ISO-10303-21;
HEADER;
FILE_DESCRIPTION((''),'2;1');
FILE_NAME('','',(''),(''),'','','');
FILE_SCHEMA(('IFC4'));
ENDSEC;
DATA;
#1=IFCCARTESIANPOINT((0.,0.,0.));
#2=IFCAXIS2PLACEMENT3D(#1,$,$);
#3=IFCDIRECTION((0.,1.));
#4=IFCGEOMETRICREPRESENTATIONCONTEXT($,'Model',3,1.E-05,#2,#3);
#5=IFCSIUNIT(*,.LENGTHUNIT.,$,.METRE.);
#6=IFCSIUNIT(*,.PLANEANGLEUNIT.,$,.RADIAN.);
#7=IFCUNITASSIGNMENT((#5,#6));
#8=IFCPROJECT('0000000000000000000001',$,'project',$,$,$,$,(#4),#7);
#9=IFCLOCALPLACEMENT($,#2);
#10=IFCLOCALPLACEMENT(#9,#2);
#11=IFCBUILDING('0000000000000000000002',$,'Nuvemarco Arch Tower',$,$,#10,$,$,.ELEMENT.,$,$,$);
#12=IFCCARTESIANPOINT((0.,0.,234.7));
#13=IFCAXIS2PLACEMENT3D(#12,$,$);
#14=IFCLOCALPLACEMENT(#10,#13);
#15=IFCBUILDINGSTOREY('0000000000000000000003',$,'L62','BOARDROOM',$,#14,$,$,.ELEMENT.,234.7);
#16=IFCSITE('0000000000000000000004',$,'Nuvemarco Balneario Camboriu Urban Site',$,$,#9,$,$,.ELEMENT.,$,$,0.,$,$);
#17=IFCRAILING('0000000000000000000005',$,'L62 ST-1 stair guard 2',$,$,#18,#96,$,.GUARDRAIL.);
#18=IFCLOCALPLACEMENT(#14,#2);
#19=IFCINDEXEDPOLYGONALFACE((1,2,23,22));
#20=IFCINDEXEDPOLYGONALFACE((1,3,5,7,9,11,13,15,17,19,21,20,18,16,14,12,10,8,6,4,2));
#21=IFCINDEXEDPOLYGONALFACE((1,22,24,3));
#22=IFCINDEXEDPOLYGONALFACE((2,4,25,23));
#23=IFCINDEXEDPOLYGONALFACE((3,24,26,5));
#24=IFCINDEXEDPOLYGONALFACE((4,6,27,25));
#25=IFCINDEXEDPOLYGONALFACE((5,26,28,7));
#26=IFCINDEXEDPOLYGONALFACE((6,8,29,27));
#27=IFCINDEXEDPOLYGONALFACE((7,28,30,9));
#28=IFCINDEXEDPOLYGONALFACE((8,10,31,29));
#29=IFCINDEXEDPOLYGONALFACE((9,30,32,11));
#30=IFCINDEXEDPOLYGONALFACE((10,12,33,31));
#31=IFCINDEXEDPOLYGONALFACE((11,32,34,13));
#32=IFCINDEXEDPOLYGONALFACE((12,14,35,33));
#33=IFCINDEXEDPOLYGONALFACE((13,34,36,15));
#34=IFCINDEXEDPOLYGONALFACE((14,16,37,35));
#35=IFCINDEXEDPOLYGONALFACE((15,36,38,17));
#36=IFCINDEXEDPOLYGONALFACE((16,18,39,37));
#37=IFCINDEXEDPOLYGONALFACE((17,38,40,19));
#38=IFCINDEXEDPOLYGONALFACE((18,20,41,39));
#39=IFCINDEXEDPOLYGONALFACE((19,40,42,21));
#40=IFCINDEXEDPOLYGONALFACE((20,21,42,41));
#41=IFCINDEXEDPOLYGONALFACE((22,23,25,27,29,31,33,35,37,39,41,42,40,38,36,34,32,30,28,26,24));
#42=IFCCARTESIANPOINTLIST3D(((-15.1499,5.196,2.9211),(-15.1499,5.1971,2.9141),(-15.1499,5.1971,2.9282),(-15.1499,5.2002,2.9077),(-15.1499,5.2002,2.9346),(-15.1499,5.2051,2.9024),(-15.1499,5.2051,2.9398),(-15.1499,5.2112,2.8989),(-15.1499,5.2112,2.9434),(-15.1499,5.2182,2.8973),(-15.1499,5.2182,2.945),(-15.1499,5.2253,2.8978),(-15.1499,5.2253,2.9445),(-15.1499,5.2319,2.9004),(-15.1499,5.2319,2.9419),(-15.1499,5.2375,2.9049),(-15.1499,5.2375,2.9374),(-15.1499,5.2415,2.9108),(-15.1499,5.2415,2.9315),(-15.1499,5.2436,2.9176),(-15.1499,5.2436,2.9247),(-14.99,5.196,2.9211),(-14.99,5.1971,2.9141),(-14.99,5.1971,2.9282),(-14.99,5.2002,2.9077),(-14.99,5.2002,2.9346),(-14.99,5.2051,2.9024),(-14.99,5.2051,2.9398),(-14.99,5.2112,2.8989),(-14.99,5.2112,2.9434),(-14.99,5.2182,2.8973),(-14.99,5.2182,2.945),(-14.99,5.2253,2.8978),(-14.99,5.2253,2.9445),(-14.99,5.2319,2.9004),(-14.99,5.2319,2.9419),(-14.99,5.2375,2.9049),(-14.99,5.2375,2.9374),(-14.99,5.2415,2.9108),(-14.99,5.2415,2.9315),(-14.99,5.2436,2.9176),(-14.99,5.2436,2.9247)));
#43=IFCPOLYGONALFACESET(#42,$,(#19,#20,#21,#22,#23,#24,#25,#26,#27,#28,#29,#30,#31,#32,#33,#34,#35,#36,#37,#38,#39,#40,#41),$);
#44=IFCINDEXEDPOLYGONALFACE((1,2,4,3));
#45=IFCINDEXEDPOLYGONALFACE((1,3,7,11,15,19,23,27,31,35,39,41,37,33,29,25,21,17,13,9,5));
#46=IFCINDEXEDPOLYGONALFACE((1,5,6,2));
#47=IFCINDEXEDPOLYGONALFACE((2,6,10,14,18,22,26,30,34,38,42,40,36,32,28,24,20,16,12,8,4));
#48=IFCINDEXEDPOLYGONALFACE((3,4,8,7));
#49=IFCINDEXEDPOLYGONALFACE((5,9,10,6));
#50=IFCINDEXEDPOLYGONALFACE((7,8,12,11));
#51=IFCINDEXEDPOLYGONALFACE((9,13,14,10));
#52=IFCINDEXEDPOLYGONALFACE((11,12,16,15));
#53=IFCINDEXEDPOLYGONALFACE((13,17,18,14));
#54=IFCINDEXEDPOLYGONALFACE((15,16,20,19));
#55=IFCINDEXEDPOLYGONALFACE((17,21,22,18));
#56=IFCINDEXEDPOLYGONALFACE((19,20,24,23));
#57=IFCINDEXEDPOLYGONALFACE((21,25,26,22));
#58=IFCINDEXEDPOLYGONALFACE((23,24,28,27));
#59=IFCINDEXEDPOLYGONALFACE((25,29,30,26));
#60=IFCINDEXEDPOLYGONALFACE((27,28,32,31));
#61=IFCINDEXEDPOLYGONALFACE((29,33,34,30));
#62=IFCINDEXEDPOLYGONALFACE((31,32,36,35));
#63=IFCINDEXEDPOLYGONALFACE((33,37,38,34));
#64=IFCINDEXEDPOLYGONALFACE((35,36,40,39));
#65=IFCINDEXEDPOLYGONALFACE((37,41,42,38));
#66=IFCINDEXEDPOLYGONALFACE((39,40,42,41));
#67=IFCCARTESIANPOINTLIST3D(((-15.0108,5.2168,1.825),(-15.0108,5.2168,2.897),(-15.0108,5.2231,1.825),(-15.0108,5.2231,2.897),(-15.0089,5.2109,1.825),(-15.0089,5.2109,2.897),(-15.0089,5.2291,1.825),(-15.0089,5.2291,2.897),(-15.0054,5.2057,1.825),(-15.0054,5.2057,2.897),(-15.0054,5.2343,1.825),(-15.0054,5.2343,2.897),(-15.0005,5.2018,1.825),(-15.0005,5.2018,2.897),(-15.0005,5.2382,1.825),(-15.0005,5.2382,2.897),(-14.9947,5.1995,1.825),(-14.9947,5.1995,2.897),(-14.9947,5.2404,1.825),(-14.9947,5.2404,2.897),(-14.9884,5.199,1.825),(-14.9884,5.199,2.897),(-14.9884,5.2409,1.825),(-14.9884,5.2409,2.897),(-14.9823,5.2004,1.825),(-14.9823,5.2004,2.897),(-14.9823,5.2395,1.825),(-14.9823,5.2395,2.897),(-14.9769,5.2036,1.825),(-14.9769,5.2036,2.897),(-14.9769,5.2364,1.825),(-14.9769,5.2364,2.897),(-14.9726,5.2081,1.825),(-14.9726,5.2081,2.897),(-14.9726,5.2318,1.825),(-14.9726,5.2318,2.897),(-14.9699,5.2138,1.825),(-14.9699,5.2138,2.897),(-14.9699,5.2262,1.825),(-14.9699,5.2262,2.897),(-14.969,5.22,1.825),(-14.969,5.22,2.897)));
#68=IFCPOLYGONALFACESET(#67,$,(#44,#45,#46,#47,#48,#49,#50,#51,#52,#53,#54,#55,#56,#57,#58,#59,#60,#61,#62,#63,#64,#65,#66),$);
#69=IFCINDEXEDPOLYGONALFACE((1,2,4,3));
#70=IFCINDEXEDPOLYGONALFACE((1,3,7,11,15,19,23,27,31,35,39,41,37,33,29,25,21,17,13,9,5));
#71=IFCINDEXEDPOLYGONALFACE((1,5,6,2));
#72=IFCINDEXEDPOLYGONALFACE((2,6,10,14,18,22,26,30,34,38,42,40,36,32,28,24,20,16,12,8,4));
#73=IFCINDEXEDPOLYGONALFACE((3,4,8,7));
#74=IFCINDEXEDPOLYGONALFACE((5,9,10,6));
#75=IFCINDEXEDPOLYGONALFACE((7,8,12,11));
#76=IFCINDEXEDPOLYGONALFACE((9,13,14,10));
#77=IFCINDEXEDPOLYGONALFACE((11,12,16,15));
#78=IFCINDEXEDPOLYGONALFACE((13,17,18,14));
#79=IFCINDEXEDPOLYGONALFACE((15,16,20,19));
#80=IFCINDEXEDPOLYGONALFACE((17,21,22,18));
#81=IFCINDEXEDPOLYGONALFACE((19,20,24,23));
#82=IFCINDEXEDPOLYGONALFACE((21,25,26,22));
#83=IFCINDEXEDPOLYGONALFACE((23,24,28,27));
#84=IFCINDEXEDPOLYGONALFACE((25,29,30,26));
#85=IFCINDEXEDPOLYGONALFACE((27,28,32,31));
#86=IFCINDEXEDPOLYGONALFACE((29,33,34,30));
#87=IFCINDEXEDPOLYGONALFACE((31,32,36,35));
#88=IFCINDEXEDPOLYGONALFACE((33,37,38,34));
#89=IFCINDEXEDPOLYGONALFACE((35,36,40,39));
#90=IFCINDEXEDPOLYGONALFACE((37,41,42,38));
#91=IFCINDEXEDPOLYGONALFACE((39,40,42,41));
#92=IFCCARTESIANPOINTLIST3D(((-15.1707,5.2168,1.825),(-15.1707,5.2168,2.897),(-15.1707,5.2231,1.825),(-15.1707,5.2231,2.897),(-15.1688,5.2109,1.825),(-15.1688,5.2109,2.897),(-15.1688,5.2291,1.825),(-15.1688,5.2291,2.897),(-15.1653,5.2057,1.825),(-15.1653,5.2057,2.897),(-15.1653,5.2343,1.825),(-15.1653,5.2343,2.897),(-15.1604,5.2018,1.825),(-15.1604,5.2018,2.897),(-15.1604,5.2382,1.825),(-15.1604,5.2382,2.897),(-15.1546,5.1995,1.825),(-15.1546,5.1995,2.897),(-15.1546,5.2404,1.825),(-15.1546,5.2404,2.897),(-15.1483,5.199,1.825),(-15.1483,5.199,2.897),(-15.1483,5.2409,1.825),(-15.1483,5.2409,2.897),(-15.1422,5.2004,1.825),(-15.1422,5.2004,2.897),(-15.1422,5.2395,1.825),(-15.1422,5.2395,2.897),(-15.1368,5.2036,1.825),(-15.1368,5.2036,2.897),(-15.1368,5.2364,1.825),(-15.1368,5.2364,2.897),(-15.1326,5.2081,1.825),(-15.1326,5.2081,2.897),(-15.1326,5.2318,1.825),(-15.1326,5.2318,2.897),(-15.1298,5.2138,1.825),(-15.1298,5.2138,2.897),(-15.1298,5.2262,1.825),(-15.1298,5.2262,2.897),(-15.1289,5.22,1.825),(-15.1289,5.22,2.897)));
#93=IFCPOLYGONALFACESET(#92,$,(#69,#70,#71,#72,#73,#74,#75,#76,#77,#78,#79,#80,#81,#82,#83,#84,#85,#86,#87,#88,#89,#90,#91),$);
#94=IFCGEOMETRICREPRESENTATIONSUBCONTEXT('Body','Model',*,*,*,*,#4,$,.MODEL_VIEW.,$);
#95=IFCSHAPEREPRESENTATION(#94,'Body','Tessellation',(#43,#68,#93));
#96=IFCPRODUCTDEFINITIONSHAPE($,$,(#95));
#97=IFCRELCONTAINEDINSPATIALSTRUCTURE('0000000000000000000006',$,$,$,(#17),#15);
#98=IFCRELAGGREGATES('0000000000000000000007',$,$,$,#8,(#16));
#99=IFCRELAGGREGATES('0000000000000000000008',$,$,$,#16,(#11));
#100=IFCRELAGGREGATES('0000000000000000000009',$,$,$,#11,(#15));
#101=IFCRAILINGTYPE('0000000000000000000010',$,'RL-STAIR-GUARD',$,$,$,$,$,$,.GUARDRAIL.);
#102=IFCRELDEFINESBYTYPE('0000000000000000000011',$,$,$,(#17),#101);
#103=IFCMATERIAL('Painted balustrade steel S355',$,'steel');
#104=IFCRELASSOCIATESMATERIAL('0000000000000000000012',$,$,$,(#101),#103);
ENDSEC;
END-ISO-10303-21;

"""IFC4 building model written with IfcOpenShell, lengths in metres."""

from ifc_helpers import new_model, si_unit, direction, frame, origin, origin_2d, place, context, subcontext, project, spatial, circle, extrude, material, type_object, element, save


model = new_model("IFC4")

# Units and contexts
model_context = context("Model", 3, precision=1e-05, world=origin(), true_north=direction((0.0, 1.0)))
body_context = subcontext(model_context, "Body", "Model", "MODEL_VIEW")
ifc_project = project(units=[si_unit("LENGTHUNIT", "METRE"), si_unit("PLANEANGLEUNIT", "RADIAN")], contexts=[model_context])

# Site, building, storey
site_placement = place(None, origin())
site = spatial("IfcSite", under=ifc_project, at=site_placement, Name="Nuvemarco Balneario Camboriu Urban Site", CompositionType="ELEMENT", RefElevation=0.0)
building_placement = place(site_placement, origin())
building = spatial("IfcBuilding", under=site, at=building_placement, Name="Nuvemarco Arch Tower", CompositionType="ELEMENT")
storey_placement = place(building_placement, frame((0.0, 0.0, 234.7)))
storey = spatial("IfcBuildingStorey", under=building, at=storey_placement, Name="L62", Description="BOARDROOM", CompositionType="ELEMENT", Elevation=234.7)

# Railing
ifc_material_1 = material(Name="Painted balustrade steel S355", Category="steel")
railing_type_1 = type_object("IfcRailingType", Name="RL-STAIR-GUARD", PredefinedType="GUARDRAIL", material=ifc_material_1)
railing_1_placement = place(storey_placement, frame((-14.99, 5.22, 1.825)))
element("IfcRailing", 1, at=railing_1_placement, inside=storey, type_object=railing_type_1, Name="L62 ST-1 stair guard 2", PredefinedType="GUARDRAIL", context=body_context, shape_type="SweptSolid", body=[
    extrude(circle(Radius=0.0239, at=origin_2d()), frame((0.0, 0.0, 1.0962), z_axis=(-1.0, 0.0, 0.0), x_axis=(0.0, -1.0, 0.0)), (0.0, 0.0, 1.0), 0.1599),
    extrude(circle(Radius=0.021, at=origin_2d()), origin(), (0.0, 0.0, 1.0), 1.072),
    extrude(circle(Radius=0.021, at=origin_2d()), frame((-0.1599, 0.0, 0.0)), (0.0, 0.0, 1.0), 1.072),
])

save(model, "model.ifc")
